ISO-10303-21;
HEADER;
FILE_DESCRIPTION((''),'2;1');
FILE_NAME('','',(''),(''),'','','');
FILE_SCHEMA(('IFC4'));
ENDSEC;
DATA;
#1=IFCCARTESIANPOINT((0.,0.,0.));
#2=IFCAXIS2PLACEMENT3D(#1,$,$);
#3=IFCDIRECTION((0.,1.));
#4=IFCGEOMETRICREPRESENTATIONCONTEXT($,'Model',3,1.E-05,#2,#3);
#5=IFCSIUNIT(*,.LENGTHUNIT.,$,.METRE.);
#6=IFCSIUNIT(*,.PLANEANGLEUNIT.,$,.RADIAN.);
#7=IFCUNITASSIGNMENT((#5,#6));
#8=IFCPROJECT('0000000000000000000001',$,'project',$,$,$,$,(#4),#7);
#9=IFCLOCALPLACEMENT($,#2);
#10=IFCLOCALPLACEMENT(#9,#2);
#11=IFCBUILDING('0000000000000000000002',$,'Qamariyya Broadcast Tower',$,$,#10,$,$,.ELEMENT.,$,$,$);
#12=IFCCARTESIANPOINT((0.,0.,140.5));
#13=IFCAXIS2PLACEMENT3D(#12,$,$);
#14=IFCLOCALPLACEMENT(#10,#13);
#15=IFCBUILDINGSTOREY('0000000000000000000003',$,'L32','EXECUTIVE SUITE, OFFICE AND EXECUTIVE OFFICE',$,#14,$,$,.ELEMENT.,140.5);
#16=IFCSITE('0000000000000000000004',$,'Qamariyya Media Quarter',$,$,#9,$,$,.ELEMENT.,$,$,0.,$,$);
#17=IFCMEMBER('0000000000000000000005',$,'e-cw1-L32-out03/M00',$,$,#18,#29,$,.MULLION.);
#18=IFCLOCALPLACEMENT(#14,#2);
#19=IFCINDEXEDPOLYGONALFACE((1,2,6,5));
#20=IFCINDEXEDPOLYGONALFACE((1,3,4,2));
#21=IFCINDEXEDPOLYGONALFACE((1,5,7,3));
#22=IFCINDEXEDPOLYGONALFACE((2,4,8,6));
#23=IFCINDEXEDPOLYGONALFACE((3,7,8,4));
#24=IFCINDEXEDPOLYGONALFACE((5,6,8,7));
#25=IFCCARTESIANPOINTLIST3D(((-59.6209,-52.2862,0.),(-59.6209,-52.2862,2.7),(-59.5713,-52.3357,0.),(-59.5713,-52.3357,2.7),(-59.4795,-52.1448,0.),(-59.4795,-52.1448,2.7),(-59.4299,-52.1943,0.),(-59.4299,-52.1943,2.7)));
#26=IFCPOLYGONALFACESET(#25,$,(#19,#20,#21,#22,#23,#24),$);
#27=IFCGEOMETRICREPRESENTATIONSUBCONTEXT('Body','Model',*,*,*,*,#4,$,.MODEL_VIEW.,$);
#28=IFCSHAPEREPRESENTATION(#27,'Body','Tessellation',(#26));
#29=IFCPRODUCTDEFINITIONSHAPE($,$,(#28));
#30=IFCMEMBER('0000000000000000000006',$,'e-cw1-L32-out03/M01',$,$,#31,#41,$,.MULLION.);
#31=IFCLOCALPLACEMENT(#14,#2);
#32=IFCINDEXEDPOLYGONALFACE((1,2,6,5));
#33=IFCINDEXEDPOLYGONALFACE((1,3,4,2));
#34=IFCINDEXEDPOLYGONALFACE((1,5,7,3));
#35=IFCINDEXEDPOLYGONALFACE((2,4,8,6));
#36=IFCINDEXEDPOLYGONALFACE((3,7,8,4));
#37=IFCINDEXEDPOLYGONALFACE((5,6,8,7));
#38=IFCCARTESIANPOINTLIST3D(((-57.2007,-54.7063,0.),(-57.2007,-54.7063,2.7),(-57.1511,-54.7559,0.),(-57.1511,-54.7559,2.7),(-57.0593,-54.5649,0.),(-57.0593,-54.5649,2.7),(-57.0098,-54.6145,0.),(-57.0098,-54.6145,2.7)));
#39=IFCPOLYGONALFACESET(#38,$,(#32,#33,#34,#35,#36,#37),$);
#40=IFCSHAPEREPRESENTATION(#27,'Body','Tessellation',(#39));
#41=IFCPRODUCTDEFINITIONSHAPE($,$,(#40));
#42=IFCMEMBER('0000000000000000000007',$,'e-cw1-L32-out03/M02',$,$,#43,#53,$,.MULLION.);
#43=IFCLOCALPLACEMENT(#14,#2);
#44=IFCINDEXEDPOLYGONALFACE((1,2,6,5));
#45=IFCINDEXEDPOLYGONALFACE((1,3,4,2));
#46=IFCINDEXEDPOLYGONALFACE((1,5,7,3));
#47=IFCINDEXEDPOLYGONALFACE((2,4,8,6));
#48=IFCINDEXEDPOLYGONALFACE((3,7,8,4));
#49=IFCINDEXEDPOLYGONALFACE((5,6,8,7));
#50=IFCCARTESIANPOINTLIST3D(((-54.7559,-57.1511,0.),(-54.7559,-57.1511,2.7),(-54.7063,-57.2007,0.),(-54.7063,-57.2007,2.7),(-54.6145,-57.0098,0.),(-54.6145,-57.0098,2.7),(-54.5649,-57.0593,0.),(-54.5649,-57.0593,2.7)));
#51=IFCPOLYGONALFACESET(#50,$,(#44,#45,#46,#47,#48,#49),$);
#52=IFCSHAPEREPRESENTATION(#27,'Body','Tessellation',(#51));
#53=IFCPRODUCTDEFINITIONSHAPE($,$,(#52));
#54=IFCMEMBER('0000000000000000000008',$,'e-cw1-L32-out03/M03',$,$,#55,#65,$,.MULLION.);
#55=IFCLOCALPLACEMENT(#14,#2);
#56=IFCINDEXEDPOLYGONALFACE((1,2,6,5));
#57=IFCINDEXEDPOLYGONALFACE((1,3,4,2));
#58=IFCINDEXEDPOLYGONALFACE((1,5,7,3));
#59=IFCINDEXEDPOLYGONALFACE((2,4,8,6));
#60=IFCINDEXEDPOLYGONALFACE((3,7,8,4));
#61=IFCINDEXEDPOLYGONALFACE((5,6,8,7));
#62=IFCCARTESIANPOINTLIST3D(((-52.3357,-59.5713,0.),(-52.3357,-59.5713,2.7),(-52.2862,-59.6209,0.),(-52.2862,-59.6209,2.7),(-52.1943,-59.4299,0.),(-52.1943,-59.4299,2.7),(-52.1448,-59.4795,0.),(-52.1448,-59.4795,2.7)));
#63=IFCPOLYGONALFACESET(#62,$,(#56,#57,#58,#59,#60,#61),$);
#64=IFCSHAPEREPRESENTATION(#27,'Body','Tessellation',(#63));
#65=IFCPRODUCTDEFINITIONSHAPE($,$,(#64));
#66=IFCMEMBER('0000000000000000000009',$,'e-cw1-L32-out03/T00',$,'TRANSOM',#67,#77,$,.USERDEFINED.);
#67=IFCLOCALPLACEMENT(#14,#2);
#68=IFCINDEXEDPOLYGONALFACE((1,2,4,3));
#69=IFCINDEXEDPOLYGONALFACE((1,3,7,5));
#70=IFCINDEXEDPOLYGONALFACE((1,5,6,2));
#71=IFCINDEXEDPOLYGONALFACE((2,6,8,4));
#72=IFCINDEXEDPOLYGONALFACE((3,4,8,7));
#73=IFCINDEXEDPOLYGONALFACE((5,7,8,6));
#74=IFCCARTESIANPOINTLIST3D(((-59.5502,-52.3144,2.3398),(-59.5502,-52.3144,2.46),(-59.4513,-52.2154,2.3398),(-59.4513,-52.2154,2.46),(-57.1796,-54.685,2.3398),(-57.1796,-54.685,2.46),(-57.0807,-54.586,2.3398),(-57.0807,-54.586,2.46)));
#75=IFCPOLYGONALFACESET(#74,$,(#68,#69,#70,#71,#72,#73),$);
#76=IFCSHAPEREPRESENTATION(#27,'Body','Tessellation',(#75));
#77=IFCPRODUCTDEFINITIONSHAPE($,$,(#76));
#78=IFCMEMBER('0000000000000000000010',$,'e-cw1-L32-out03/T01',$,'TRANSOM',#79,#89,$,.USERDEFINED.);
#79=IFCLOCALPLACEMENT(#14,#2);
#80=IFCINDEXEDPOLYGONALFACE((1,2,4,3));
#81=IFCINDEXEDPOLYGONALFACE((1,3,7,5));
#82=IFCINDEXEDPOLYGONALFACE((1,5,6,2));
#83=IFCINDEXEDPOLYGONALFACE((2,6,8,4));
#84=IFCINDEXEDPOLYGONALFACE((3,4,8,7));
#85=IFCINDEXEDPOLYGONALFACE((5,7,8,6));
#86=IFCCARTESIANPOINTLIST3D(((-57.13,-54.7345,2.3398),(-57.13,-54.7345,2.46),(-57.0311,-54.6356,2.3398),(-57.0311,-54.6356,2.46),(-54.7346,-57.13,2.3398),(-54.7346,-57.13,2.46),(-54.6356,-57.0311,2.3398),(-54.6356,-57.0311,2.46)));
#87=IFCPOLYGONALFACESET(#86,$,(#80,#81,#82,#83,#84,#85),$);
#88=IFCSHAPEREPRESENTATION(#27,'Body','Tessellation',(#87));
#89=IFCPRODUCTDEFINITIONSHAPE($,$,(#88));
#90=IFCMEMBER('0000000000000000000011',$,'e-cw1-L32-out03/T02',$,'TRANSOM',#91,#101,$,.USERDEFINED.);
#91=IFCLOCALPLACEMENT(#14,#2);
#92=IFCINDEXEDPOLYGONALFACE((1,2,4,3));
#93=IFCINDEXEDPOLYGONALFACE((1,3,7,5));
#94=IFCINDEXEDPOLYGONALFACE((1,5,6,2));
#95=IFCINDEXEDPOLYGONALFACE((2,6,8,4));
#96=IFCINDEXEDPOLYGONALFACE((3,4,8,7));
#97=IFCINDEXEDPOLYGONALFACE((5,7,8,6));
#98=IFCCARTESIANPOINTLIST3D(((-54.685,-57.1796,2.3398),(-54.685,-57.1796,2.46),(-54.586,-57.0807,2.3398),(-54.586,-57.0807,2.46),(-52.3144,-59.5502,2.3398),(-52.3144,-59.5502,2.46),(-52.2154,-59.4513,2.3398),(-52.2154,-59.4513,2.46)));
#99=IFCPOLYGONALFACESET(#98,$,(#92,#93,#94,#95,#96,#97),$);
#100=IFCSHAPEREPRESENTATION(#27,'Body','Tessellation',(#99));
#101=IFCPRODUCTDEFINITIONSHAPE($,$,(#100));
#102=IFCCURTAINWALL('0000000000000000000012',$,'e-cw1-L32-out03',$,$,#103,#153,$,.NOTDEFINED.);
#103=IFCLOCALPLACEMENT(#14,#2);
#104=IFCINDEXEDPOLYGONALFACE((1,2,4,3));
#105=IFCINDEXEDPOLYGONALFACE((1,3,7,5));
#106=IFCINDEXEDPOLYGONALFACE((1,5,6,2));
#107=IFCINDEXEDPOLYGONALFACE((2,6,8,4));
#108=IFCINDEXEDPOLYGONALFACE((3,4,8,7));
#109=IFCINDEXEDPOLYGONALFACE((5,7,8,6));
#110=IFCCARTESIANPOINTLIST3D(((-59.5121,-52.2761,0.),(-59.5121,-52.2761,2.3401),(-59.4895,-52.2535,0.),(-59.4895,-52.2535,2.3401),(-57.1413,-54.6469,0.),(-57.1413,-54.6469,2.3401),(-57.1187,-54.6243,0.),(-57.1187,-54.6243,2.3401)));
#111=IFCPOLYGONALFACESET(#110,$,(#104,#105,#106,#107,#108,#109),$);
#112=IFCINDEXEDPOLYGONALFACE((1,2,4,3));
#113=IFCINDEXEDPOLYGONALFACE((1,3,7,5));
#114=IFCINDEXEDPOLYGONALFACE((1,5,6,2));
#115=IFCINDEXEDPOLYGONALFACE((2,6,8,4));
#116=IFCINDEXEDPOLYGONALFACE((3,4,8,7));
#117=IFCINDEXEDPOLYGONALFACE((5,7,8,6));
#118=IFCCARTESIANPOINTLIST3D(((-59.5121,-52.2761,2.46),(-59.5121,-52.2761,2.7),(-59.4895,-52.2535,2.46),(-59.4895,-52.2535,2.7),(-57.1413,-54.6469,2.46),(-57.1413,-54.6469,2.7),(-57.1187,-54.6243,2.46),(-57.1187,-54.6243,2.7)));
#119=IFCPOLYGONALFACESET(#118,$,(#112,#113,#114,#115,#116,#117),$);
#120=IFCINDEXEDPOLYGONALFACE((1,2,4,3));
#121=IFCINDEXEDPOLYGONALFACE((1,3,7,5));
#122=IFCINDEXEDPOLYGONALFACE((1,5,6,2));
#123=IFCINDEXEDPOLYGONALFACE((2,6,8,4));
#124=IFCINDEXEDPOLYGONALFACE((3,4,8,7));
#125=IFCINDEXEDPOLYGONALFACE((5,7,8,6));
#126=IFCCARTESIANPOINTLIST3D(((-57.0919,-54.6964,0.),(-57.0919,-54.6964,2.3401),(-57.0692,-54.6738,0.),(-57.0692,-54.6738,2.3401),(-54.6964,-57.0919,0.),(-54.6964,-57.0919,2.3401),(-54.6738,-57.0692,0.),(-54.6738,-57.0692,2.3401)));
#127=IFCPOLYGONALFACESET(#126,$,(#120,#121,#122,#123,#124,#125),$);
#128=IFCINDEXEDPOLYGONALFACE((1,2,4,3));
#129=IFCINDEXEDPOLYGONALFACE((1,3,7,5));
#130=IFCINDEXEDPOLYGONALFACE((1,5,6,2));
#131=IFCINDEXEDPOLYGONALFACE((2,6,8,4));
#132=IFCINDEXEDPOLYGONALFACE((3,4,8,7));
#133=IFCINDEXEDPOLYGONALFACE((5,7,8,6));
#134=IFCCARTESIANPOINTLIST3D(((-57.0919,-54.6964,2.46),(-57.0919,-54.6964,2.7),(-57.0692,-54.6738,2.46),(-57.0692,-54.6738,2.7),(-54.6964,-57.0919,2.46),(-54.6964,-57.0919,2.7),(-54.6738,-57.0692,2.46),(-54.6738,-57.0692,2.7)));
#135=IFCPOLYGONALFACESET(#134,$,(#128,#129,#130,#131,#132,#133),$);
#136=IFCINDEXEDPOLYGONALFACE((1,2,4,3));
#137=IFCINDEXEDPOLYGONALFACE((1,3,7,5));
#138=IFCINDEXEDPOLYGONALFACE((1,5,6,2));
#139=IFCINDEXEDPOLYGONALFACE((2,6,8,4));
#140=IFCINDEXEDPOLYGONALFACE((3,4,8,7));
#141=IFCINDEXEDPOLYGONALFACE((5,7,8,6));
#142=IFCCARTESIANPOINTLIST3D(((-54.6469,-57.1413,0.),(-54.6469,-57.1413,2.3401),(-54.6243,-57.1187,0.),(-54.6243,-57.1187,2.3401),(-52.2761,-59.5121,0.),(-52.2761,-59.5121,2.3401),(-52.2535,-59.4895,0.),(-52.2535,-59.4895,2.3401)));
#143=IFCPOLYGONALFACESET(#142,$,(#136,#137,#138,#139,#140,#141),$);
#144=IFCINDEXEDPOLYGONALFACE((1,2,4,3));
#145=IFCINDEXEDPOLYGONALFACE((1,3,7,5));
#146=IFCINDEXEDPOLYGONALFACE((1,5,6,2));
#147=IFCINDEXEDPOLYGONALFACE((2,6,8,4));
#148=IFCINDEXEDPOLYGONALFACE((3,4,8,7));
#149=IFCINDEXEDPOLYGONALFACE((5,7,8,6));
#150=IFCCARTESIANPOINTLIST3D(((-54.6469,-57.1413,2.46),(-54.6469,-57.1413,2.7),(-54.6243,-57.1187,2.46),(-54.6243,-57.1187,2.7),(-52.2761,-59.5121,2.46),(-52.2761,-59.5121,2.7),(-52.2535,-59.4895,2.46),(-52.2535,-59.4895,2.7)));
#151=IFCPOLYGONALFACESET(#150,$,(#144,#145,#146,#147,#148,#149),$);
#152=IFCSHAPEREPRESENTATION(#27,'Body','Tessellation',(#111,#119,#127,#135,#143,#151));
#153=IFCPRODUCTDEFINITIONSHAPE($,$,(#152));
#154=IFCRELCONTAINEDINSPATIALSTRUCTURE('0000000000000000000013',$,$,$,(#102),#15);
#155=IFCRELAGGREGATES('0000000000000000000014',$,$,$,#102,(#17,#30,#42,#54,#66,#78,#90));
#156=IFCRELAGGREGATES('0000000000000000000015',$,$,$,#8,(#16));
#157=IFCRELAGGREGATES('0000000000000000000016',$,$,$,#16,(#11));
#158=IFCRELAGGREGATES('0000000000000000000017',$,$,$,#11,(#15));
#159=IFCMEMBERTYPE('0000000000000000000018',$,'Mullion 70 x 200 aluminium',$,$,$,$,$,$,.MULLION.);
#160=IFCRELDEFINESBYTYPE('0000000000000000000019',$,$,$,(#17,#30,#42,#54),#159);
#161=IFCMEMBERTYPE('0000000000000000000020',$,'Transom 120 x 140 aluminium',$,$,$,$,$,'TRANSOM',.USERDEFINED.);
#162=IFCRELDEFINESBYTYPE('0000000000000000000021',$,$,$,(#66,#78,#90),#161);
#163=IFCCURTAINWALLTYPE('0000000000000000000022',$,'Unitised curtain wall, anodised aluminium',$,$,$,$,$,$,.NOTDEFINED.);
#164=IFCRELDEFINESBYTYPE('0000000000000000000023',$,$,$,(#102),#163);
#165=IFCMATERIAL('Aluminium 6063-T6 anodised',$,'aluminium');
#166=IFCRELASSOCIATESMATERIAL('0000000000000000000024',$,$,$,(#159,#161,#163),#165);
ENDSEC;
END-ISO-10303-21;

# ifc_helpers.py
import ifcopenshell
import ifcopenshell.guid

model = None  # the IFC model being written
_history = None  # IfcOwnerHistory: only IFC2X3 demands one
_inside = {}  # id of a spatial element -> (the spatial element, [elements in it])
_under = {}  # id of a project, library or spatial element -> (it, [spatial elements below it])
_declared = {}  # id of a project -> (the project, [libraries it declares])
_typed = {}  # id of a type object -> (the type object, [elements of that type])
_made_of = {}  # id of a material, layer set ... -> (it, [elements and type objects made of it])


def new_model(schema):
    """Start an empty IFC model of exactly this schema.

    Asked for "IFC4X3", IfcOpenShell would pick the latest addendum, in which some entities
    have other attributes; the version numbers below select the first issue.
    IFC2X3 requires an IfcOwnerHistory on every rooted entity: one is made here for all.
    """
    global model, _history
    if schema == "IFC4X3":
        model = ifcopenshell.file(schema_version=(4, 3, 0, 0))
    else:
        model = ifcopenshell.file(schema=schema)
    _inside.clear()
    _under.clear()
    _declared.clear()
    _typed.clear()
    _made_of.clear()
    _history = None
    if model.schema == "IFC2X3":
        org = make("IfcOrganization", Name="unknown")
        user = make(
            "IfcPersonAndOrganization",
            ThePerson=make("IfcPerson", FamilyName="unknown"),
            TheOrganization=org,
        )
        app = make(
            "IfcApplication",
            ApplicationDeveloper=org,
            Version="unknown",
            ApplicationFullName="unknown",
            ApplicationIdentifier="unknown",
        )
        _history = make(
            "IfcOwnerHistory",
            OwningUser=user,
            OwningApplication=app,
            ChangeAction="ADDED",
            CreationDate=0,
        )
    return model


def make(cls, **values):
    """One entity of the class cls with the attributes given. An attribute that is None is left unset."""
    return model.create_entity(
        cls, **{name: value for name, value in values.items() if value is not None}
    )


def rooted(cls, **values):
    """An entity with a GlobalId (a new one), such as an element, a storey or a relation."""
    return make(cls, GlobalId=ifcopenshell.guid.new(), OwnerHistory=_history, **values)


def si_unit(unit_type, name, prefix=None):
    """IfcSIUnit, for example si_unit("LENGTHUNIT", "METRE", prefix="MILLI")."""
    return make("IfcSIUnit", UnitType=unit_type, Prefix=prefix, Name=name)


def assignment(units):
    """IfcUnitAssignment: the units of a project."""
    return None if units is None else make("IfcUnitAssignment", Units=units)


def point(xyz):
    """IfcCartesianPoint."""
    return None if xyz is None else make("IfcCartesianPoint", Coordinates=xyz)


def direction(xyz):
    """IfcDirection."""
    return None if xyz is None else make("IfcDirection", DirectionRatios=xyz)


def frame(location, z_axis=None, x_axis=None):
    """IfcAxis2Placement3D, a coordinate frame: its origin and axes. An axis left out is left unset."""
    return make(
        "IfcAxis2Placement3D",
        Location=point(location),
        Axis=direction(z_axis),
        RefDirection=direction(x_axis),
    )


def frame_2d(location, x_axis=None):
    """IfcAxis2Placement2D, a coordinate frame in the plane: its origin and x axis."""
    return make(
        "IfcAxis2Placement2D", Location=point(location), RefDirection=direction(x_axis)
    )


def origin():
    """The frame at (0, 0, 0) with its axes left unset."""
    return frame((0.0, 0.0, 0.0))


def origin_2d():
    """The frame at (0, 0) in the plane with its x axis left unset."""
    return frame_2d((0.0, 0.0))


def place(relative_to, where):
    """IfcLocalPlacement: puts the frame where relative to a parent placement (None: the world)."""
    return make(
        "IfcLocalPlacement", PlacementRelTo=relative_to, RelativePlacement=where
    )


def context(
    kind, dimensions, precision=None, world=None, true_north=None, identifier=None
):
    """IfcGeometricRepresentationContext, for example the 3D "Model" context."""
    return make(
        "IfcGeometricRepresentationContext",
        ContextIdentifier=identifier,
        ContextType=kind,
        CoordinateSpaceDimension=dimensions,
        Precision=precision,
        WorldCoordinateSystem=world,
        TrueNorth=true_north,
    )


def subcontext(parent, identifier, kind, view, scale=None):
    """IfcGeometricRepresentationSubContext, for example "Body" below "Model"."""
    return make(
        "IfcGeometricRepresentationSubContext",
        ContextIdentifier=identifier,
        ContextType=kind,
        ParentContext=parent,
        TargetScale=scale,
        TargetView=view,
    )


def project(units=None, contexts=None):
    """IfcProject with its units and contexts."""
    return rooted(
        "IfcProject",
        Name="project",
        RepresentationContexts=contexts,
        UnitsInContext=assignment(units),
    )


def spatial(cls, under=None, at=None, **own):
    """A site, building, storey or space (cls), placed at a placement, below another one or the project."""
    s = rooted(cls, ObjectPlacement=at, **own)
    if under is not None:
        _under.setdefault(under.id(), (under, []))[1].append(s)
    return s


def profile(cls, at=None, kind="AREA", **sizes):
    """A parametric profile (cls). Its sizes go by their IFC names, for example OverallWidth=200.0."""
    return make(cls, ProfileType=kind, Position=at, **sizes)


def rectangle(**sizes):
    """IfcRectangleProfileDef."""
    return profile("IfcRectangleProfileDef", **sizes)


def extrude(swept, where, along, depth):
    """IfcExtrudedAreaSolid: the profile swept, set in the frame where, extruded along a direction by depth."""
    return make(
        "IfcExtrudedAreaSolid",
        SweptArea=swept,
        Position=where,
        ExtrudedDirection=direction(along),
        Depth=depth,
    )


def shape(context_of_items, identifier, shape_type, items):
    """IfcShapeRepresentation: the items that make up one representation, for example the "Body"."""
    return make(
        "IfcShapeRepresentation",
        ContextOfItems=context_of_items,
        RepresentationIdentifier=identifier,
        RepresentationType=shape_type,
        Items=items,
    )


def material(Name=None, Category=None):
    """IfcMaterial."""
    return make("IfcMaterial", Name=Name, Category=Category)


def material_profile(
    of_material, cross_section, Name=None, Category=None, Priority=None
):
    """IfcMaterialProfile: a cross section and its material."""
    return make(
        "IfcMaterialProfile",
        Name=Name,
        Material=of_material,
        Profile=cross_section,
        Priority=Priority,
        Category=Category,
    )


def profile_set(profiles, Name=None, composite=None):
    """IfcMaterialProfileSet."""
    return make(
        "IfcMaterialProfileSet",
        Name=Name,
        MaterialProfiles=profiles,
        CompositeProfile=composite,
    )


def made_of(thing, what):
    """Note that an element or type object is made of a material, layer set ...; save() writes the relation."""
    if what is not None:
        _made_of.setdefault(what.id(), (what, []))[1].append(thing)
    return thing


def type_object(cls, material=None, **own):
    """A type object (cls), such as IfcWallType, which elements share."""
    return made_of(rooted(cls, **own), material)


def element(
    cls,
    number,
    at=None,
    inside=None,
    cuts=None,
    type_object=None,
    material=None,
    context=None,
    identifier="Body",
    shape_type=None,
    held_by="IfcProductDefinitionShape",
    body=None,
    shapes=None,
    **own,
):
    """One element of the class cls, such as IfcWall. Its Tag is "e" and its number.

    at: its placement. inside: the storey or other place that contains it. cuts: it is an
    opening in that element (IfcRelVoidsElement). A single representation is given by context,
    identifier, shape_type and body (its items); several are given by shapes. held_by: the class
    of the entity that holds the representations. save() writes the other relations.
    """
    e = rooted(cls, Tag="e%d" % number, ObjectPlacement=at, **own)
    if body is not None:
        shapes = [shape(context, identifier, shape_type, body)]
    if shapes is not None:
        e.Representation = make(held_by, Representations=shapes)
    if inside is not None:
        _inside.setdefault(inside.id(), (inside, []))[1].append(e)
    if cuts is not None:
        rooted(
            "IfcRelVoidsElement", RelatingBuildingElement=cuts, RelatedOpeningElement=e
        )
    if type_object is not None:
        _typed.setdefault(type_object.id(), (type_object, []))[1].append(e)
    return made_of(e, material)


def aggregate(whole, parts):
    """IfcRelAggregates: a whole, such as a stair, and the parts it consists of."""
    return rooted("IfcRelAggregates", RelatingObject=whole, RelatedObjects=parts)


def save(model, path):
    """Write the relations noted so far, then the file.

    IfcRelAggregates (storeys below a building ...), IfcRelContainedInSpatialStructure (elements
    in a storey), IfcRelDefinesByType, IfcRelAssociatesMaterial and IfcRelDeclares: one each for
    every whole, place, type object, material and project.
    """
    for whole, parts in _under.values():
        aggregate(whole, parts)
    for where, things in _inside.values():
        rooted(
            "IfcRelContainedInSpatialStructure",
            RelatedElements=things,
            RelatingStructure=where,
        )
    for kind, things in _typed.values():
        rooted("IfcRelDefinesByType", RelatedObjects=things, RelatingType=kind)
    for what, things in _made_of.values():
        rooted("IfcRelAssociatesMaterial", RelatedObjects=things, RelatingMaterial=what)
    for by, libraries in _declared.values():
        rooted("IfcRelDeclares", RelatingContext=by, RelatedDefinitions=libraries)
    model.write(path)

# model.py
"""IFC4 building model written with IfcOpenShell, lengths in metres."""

from ifc_helpers import new_model, si_unit, direction, frame, origin, origin_2d, place, context, subcontext, project, spatial, rectangle, extrude, material, material_profile, profile_set, type_object, element, aggregate, save


model = new_model("IFC4")

# Units and contexts
model_context = context("Model", 3, precision=1e-05, world=origin(), true_north=direction((0.0, 1.0)))
body_context = subcontext(model_context, "Body", "Model", "MODEL_VIEW")
ifc_project = project(units=[si_unit("LENGTHUNIT", "METRE"), si_unit("PLANEANGLEUNIT", "RADIAN")], contexts=[model_context])

# Members
ifc_material = material(Name="Aluminium 6063-T6 anodised", Category="aluminium")
ifc_material_profile_1 = material_profile(ifc_material, rectangle(XDim=0.2, YDim=0.0701, at=origin_2d()))
ifc_profile_set_1 = profile_set([ifc_material_profile_1], Name="Aluminium 6063-T6 anodised")
member_type_1 = type_object("IfcMemberType", Name="Mullion 70 x 200 aluminium", PredefinedType="MULLION", material=ifc_profile_set_1)
site_placement = place(None, origin())
building_placement = place(site_placement, origin())
storey_placement = place(building_placement, frame((0.0, 0.0, 140.5)))
member_1_placement = place(storey_placement, frame((-59.5254, -52.2402, 0.0), z_axis=(0.0, 0.0, 1.0), x_axis=(0.707107, 0.707107, 0.0)))
member_1 = element("IfcMember", 1, at=member_1_placement, type_object=member_type_1, Name="e-cw1-L32-out03/M00", PredefinedType="MULLION", context=body_context, shape_type="SweptSolid", body=[
    extrude(rectangle(XDim=0.2, YDim=0.0701, at=origin_2d()), origin(), (0.0, 0.0, 1.0), 2.7),
])
member_2_placement = place(storey_placement, frame((-57.1052, -54.6604, 0.0), z_axis=(0.0, 0.0, 1.0), x_axis=(0.707107, 0.707107, 0.0)))
member_2 = element("IfcMember", 2, at=member_2_placement, type_object=member_type_1, Name="e-cw1-L32-out03/M01", PredefinedType="MULLION", context=body_context, shape_type="SweptSolid", body=[
    extrude(rectangle(XDim=0.2, YDim=0.0701, at=origin_2d()), origin(), (0.0, 0.0, 1.0), 2.7),
])
member_3_placement = place(storey_placement, frame((-54.6604, -57.1052, 0.0), z_axis=(0.0, 0.0, 1.0), x_axis=(0.707107, 0.707107, 0.0)))
member_3 = element("IfcMember", 3, at=member_3_placement, type_object=member_type_1, Name="e-cw1-L32-out03/M02", PredefinedType="MULLION", context=body_context, shape_type="SweptSolid", body=[
    extrude(rectangle(XDim=0.2, YDim=0.0701, at=origin_2d()), origin(), (0.0, 0.0, 1.0), 2.7),
])
member_4_placement = place(storey_placement, frame((-52.2402, -59.5254, 0.0), z_axis=(0.0, 0.0, 1.0), x_axis=(0.707107, 0.707107, 0.0)))
member_4 = element("IfcMember", 4, at=member_4_placement, type_object=member_type_1, Name="e-cw1-L32-out03/M03", PredefinedType="MULLION", context=body_context, shape_type="SweptSolid", body=[
    extrude(rectangle(XDim=0.2, YDim=0.0701, at=origin_2d()), origin(), (0.0, 0.0, 1.0), 2.7),
])
ifc_material_profile_2 = material_profile(ifc_material, rectangle(XDim=0.1399, YDim=0.1201, at=origin_2d()))
ifc_profile_set_2 = profile_set([ifc_material_profile_2], Name="Aluminium 6063-T6 anodised")
member_type_2 = type_object("IfcMemberType", Name="Transom 120 x 140 aluminium", ElementType="TRANSOM", PredefinedType="USERDEFINED", material=ifc_profile_set_2)
member_5_placement = place(storey_placement, frame((-59.5007, -52.2649, 2.3999), z_axis=(0.707107, -0.707107, 0.0), x_axis=(0.707107, 0.707107, 0.0)))
member_5 = element("IfcMember", 5, at=member_5_placement, type_object=member_type_2, Name="e-cw1-L32-out03/T00", ObjectType="TRANSOM", PredefinedType="USERDEFINED", context=body_context, shape_type="SweptSolid", body=[
    extrude(rectangle(XDim=0.1399, YDim=0.1201, at=origin_2d()), origin(), (0.0, 0.0, 1.0), 3.3525),
])
member_6_placement = place(storey_placement, frame((-57.0806, -54.6851, 2.3999), z_axis=(0.707107, -0.707107, 0.0), x_axis=(0.707107, 0.707107, 0.0)))
member_6 = element("IfcMember", 6, at=member_6_placement, type_object=member_type_2, Name="e-cw1-L32-out03/T01", ObjectType="TRANSOM", PredefinedType="USERDEFINED", context=body_context, shape_type="SweptSolid", body=[
    extrude(rectangle(XDim=0.1399, YDim=0.1201, at=origin_2d()), origin(), (0.0, 0.0, 1.0), 3.3877),
])
member_7_placement = place(storey_placement, frame((-54.6355, -57.1301, 2.3999), z_axis=(0.707107, -0.707107, 0.0), x_axis=(0.707107, 0.707107, 0.0)))
member_7 = element("IfcMember", 7, at=member_7_placement, type_object=member_type_2, Name="e-cw1-L32-out03/T02", ObjectType="TRANSOM", PredefinedType="USERDEFINED", context=body_context, shape_type="SweptSolid", body=[
    extrude(rectangle(XDim=0.1399, YDim=0.1201, at=origin_2d()), origin(), (0.0, 0.0, 1.0), 3.3525),
])

# Site, building, storey
site = spatial("IfcSite", under=ifc_project, at=site_placement, Name="Qamariyya Media Quarter", CompositionType="ELEMENT", RefElevation=0.0)
building = spatial("IfcBuilding", under=site, at=building_placement, Name="Qamariyya Broadcast Tower", CompositionType="ELEMENT")
storey = spatial("IfcBuildingStorey", under=building, at=storey_placement, Name="L32", Description="EXECUTIVE SUITE, OFFICE AND EXECUTIVE OFFICE", CompositionType="ELEMENT", Elevation=140.5)

# Curtain wall
curtain_wall_type = type_object("IfcCurtainWallType", Name="Unitised curtain wall, anodised aluminium", PredefinedType="NOTDEFINED", material=ifc_material)
curtain_wall_1_placement = place(storey_placement, origin())
curtain_wall_1 = element("IfcCurtainWall", 8, at=curtain_wall_1_placement, inside=storey, type_object=curtain_wall_type, Name="e-cw1-L32-out03", PredefinedType="NOTDEFINED", context=body_context, shape_type="SweptSolid", body=[
    extrude(rectangle(XDim=3.3528, YDim=0.032, at=origin_2d()), frame((-58.3154, -53.4502, 0.0), x_axis=(0.707107, -0.707107, 0.0)), (0.0, 0.0, 1.0), 2.3401),
    extrude(rectangle(XDim=3.3528, YDim=0.032, at=origin_2d()), frame((-58.3154, -53.4502, 2.46), x_axis=(0.707107, -0.707107, 0.0)), (0.0, 0.0, 1.0), 0.24),
    extrude(rectangle(XDim=3.3877, YDim=0.032, at=origin_2d()), frame((-55.8828, -55.8828, 0.0), x_axis=(0.707107, -0.707107, 0.0)), (0.0, 0.0, 1.0), 2.3401),
    extrude(rectangle(XDim=3.3877, YDim=0.032, at=origin_2d()), frame((-55.8828, -55.8828, 2.46), x_axis=(0.707107, -0.707107, 0.0)), (0.0, 0.0, 1.0), 0.24),
    extrude(rectangle(XDim=3.3528, YDim=0.032, at=origin_2d()), frame((-53.4502, -58.3154, 0.0), x_axis=(0.707107, -0.707107, 0.0)), (0.0, 0.0, 1.0), 2.3401),
    extrude(rectangle(XDim=3.3528, YDim=0.032, at=origin_2d()), frame((-53.4502, -58.3154, 2.46), x_axis=(0.707107, -0.707107, 0.0)), (0.0, 0.0, 1.0), 0.24),
])
aggregate(curtain_wall_1, [member_1, member_2, member_3, member_4, member_5, member_6, member_7])

save(model, "model.ifc")
